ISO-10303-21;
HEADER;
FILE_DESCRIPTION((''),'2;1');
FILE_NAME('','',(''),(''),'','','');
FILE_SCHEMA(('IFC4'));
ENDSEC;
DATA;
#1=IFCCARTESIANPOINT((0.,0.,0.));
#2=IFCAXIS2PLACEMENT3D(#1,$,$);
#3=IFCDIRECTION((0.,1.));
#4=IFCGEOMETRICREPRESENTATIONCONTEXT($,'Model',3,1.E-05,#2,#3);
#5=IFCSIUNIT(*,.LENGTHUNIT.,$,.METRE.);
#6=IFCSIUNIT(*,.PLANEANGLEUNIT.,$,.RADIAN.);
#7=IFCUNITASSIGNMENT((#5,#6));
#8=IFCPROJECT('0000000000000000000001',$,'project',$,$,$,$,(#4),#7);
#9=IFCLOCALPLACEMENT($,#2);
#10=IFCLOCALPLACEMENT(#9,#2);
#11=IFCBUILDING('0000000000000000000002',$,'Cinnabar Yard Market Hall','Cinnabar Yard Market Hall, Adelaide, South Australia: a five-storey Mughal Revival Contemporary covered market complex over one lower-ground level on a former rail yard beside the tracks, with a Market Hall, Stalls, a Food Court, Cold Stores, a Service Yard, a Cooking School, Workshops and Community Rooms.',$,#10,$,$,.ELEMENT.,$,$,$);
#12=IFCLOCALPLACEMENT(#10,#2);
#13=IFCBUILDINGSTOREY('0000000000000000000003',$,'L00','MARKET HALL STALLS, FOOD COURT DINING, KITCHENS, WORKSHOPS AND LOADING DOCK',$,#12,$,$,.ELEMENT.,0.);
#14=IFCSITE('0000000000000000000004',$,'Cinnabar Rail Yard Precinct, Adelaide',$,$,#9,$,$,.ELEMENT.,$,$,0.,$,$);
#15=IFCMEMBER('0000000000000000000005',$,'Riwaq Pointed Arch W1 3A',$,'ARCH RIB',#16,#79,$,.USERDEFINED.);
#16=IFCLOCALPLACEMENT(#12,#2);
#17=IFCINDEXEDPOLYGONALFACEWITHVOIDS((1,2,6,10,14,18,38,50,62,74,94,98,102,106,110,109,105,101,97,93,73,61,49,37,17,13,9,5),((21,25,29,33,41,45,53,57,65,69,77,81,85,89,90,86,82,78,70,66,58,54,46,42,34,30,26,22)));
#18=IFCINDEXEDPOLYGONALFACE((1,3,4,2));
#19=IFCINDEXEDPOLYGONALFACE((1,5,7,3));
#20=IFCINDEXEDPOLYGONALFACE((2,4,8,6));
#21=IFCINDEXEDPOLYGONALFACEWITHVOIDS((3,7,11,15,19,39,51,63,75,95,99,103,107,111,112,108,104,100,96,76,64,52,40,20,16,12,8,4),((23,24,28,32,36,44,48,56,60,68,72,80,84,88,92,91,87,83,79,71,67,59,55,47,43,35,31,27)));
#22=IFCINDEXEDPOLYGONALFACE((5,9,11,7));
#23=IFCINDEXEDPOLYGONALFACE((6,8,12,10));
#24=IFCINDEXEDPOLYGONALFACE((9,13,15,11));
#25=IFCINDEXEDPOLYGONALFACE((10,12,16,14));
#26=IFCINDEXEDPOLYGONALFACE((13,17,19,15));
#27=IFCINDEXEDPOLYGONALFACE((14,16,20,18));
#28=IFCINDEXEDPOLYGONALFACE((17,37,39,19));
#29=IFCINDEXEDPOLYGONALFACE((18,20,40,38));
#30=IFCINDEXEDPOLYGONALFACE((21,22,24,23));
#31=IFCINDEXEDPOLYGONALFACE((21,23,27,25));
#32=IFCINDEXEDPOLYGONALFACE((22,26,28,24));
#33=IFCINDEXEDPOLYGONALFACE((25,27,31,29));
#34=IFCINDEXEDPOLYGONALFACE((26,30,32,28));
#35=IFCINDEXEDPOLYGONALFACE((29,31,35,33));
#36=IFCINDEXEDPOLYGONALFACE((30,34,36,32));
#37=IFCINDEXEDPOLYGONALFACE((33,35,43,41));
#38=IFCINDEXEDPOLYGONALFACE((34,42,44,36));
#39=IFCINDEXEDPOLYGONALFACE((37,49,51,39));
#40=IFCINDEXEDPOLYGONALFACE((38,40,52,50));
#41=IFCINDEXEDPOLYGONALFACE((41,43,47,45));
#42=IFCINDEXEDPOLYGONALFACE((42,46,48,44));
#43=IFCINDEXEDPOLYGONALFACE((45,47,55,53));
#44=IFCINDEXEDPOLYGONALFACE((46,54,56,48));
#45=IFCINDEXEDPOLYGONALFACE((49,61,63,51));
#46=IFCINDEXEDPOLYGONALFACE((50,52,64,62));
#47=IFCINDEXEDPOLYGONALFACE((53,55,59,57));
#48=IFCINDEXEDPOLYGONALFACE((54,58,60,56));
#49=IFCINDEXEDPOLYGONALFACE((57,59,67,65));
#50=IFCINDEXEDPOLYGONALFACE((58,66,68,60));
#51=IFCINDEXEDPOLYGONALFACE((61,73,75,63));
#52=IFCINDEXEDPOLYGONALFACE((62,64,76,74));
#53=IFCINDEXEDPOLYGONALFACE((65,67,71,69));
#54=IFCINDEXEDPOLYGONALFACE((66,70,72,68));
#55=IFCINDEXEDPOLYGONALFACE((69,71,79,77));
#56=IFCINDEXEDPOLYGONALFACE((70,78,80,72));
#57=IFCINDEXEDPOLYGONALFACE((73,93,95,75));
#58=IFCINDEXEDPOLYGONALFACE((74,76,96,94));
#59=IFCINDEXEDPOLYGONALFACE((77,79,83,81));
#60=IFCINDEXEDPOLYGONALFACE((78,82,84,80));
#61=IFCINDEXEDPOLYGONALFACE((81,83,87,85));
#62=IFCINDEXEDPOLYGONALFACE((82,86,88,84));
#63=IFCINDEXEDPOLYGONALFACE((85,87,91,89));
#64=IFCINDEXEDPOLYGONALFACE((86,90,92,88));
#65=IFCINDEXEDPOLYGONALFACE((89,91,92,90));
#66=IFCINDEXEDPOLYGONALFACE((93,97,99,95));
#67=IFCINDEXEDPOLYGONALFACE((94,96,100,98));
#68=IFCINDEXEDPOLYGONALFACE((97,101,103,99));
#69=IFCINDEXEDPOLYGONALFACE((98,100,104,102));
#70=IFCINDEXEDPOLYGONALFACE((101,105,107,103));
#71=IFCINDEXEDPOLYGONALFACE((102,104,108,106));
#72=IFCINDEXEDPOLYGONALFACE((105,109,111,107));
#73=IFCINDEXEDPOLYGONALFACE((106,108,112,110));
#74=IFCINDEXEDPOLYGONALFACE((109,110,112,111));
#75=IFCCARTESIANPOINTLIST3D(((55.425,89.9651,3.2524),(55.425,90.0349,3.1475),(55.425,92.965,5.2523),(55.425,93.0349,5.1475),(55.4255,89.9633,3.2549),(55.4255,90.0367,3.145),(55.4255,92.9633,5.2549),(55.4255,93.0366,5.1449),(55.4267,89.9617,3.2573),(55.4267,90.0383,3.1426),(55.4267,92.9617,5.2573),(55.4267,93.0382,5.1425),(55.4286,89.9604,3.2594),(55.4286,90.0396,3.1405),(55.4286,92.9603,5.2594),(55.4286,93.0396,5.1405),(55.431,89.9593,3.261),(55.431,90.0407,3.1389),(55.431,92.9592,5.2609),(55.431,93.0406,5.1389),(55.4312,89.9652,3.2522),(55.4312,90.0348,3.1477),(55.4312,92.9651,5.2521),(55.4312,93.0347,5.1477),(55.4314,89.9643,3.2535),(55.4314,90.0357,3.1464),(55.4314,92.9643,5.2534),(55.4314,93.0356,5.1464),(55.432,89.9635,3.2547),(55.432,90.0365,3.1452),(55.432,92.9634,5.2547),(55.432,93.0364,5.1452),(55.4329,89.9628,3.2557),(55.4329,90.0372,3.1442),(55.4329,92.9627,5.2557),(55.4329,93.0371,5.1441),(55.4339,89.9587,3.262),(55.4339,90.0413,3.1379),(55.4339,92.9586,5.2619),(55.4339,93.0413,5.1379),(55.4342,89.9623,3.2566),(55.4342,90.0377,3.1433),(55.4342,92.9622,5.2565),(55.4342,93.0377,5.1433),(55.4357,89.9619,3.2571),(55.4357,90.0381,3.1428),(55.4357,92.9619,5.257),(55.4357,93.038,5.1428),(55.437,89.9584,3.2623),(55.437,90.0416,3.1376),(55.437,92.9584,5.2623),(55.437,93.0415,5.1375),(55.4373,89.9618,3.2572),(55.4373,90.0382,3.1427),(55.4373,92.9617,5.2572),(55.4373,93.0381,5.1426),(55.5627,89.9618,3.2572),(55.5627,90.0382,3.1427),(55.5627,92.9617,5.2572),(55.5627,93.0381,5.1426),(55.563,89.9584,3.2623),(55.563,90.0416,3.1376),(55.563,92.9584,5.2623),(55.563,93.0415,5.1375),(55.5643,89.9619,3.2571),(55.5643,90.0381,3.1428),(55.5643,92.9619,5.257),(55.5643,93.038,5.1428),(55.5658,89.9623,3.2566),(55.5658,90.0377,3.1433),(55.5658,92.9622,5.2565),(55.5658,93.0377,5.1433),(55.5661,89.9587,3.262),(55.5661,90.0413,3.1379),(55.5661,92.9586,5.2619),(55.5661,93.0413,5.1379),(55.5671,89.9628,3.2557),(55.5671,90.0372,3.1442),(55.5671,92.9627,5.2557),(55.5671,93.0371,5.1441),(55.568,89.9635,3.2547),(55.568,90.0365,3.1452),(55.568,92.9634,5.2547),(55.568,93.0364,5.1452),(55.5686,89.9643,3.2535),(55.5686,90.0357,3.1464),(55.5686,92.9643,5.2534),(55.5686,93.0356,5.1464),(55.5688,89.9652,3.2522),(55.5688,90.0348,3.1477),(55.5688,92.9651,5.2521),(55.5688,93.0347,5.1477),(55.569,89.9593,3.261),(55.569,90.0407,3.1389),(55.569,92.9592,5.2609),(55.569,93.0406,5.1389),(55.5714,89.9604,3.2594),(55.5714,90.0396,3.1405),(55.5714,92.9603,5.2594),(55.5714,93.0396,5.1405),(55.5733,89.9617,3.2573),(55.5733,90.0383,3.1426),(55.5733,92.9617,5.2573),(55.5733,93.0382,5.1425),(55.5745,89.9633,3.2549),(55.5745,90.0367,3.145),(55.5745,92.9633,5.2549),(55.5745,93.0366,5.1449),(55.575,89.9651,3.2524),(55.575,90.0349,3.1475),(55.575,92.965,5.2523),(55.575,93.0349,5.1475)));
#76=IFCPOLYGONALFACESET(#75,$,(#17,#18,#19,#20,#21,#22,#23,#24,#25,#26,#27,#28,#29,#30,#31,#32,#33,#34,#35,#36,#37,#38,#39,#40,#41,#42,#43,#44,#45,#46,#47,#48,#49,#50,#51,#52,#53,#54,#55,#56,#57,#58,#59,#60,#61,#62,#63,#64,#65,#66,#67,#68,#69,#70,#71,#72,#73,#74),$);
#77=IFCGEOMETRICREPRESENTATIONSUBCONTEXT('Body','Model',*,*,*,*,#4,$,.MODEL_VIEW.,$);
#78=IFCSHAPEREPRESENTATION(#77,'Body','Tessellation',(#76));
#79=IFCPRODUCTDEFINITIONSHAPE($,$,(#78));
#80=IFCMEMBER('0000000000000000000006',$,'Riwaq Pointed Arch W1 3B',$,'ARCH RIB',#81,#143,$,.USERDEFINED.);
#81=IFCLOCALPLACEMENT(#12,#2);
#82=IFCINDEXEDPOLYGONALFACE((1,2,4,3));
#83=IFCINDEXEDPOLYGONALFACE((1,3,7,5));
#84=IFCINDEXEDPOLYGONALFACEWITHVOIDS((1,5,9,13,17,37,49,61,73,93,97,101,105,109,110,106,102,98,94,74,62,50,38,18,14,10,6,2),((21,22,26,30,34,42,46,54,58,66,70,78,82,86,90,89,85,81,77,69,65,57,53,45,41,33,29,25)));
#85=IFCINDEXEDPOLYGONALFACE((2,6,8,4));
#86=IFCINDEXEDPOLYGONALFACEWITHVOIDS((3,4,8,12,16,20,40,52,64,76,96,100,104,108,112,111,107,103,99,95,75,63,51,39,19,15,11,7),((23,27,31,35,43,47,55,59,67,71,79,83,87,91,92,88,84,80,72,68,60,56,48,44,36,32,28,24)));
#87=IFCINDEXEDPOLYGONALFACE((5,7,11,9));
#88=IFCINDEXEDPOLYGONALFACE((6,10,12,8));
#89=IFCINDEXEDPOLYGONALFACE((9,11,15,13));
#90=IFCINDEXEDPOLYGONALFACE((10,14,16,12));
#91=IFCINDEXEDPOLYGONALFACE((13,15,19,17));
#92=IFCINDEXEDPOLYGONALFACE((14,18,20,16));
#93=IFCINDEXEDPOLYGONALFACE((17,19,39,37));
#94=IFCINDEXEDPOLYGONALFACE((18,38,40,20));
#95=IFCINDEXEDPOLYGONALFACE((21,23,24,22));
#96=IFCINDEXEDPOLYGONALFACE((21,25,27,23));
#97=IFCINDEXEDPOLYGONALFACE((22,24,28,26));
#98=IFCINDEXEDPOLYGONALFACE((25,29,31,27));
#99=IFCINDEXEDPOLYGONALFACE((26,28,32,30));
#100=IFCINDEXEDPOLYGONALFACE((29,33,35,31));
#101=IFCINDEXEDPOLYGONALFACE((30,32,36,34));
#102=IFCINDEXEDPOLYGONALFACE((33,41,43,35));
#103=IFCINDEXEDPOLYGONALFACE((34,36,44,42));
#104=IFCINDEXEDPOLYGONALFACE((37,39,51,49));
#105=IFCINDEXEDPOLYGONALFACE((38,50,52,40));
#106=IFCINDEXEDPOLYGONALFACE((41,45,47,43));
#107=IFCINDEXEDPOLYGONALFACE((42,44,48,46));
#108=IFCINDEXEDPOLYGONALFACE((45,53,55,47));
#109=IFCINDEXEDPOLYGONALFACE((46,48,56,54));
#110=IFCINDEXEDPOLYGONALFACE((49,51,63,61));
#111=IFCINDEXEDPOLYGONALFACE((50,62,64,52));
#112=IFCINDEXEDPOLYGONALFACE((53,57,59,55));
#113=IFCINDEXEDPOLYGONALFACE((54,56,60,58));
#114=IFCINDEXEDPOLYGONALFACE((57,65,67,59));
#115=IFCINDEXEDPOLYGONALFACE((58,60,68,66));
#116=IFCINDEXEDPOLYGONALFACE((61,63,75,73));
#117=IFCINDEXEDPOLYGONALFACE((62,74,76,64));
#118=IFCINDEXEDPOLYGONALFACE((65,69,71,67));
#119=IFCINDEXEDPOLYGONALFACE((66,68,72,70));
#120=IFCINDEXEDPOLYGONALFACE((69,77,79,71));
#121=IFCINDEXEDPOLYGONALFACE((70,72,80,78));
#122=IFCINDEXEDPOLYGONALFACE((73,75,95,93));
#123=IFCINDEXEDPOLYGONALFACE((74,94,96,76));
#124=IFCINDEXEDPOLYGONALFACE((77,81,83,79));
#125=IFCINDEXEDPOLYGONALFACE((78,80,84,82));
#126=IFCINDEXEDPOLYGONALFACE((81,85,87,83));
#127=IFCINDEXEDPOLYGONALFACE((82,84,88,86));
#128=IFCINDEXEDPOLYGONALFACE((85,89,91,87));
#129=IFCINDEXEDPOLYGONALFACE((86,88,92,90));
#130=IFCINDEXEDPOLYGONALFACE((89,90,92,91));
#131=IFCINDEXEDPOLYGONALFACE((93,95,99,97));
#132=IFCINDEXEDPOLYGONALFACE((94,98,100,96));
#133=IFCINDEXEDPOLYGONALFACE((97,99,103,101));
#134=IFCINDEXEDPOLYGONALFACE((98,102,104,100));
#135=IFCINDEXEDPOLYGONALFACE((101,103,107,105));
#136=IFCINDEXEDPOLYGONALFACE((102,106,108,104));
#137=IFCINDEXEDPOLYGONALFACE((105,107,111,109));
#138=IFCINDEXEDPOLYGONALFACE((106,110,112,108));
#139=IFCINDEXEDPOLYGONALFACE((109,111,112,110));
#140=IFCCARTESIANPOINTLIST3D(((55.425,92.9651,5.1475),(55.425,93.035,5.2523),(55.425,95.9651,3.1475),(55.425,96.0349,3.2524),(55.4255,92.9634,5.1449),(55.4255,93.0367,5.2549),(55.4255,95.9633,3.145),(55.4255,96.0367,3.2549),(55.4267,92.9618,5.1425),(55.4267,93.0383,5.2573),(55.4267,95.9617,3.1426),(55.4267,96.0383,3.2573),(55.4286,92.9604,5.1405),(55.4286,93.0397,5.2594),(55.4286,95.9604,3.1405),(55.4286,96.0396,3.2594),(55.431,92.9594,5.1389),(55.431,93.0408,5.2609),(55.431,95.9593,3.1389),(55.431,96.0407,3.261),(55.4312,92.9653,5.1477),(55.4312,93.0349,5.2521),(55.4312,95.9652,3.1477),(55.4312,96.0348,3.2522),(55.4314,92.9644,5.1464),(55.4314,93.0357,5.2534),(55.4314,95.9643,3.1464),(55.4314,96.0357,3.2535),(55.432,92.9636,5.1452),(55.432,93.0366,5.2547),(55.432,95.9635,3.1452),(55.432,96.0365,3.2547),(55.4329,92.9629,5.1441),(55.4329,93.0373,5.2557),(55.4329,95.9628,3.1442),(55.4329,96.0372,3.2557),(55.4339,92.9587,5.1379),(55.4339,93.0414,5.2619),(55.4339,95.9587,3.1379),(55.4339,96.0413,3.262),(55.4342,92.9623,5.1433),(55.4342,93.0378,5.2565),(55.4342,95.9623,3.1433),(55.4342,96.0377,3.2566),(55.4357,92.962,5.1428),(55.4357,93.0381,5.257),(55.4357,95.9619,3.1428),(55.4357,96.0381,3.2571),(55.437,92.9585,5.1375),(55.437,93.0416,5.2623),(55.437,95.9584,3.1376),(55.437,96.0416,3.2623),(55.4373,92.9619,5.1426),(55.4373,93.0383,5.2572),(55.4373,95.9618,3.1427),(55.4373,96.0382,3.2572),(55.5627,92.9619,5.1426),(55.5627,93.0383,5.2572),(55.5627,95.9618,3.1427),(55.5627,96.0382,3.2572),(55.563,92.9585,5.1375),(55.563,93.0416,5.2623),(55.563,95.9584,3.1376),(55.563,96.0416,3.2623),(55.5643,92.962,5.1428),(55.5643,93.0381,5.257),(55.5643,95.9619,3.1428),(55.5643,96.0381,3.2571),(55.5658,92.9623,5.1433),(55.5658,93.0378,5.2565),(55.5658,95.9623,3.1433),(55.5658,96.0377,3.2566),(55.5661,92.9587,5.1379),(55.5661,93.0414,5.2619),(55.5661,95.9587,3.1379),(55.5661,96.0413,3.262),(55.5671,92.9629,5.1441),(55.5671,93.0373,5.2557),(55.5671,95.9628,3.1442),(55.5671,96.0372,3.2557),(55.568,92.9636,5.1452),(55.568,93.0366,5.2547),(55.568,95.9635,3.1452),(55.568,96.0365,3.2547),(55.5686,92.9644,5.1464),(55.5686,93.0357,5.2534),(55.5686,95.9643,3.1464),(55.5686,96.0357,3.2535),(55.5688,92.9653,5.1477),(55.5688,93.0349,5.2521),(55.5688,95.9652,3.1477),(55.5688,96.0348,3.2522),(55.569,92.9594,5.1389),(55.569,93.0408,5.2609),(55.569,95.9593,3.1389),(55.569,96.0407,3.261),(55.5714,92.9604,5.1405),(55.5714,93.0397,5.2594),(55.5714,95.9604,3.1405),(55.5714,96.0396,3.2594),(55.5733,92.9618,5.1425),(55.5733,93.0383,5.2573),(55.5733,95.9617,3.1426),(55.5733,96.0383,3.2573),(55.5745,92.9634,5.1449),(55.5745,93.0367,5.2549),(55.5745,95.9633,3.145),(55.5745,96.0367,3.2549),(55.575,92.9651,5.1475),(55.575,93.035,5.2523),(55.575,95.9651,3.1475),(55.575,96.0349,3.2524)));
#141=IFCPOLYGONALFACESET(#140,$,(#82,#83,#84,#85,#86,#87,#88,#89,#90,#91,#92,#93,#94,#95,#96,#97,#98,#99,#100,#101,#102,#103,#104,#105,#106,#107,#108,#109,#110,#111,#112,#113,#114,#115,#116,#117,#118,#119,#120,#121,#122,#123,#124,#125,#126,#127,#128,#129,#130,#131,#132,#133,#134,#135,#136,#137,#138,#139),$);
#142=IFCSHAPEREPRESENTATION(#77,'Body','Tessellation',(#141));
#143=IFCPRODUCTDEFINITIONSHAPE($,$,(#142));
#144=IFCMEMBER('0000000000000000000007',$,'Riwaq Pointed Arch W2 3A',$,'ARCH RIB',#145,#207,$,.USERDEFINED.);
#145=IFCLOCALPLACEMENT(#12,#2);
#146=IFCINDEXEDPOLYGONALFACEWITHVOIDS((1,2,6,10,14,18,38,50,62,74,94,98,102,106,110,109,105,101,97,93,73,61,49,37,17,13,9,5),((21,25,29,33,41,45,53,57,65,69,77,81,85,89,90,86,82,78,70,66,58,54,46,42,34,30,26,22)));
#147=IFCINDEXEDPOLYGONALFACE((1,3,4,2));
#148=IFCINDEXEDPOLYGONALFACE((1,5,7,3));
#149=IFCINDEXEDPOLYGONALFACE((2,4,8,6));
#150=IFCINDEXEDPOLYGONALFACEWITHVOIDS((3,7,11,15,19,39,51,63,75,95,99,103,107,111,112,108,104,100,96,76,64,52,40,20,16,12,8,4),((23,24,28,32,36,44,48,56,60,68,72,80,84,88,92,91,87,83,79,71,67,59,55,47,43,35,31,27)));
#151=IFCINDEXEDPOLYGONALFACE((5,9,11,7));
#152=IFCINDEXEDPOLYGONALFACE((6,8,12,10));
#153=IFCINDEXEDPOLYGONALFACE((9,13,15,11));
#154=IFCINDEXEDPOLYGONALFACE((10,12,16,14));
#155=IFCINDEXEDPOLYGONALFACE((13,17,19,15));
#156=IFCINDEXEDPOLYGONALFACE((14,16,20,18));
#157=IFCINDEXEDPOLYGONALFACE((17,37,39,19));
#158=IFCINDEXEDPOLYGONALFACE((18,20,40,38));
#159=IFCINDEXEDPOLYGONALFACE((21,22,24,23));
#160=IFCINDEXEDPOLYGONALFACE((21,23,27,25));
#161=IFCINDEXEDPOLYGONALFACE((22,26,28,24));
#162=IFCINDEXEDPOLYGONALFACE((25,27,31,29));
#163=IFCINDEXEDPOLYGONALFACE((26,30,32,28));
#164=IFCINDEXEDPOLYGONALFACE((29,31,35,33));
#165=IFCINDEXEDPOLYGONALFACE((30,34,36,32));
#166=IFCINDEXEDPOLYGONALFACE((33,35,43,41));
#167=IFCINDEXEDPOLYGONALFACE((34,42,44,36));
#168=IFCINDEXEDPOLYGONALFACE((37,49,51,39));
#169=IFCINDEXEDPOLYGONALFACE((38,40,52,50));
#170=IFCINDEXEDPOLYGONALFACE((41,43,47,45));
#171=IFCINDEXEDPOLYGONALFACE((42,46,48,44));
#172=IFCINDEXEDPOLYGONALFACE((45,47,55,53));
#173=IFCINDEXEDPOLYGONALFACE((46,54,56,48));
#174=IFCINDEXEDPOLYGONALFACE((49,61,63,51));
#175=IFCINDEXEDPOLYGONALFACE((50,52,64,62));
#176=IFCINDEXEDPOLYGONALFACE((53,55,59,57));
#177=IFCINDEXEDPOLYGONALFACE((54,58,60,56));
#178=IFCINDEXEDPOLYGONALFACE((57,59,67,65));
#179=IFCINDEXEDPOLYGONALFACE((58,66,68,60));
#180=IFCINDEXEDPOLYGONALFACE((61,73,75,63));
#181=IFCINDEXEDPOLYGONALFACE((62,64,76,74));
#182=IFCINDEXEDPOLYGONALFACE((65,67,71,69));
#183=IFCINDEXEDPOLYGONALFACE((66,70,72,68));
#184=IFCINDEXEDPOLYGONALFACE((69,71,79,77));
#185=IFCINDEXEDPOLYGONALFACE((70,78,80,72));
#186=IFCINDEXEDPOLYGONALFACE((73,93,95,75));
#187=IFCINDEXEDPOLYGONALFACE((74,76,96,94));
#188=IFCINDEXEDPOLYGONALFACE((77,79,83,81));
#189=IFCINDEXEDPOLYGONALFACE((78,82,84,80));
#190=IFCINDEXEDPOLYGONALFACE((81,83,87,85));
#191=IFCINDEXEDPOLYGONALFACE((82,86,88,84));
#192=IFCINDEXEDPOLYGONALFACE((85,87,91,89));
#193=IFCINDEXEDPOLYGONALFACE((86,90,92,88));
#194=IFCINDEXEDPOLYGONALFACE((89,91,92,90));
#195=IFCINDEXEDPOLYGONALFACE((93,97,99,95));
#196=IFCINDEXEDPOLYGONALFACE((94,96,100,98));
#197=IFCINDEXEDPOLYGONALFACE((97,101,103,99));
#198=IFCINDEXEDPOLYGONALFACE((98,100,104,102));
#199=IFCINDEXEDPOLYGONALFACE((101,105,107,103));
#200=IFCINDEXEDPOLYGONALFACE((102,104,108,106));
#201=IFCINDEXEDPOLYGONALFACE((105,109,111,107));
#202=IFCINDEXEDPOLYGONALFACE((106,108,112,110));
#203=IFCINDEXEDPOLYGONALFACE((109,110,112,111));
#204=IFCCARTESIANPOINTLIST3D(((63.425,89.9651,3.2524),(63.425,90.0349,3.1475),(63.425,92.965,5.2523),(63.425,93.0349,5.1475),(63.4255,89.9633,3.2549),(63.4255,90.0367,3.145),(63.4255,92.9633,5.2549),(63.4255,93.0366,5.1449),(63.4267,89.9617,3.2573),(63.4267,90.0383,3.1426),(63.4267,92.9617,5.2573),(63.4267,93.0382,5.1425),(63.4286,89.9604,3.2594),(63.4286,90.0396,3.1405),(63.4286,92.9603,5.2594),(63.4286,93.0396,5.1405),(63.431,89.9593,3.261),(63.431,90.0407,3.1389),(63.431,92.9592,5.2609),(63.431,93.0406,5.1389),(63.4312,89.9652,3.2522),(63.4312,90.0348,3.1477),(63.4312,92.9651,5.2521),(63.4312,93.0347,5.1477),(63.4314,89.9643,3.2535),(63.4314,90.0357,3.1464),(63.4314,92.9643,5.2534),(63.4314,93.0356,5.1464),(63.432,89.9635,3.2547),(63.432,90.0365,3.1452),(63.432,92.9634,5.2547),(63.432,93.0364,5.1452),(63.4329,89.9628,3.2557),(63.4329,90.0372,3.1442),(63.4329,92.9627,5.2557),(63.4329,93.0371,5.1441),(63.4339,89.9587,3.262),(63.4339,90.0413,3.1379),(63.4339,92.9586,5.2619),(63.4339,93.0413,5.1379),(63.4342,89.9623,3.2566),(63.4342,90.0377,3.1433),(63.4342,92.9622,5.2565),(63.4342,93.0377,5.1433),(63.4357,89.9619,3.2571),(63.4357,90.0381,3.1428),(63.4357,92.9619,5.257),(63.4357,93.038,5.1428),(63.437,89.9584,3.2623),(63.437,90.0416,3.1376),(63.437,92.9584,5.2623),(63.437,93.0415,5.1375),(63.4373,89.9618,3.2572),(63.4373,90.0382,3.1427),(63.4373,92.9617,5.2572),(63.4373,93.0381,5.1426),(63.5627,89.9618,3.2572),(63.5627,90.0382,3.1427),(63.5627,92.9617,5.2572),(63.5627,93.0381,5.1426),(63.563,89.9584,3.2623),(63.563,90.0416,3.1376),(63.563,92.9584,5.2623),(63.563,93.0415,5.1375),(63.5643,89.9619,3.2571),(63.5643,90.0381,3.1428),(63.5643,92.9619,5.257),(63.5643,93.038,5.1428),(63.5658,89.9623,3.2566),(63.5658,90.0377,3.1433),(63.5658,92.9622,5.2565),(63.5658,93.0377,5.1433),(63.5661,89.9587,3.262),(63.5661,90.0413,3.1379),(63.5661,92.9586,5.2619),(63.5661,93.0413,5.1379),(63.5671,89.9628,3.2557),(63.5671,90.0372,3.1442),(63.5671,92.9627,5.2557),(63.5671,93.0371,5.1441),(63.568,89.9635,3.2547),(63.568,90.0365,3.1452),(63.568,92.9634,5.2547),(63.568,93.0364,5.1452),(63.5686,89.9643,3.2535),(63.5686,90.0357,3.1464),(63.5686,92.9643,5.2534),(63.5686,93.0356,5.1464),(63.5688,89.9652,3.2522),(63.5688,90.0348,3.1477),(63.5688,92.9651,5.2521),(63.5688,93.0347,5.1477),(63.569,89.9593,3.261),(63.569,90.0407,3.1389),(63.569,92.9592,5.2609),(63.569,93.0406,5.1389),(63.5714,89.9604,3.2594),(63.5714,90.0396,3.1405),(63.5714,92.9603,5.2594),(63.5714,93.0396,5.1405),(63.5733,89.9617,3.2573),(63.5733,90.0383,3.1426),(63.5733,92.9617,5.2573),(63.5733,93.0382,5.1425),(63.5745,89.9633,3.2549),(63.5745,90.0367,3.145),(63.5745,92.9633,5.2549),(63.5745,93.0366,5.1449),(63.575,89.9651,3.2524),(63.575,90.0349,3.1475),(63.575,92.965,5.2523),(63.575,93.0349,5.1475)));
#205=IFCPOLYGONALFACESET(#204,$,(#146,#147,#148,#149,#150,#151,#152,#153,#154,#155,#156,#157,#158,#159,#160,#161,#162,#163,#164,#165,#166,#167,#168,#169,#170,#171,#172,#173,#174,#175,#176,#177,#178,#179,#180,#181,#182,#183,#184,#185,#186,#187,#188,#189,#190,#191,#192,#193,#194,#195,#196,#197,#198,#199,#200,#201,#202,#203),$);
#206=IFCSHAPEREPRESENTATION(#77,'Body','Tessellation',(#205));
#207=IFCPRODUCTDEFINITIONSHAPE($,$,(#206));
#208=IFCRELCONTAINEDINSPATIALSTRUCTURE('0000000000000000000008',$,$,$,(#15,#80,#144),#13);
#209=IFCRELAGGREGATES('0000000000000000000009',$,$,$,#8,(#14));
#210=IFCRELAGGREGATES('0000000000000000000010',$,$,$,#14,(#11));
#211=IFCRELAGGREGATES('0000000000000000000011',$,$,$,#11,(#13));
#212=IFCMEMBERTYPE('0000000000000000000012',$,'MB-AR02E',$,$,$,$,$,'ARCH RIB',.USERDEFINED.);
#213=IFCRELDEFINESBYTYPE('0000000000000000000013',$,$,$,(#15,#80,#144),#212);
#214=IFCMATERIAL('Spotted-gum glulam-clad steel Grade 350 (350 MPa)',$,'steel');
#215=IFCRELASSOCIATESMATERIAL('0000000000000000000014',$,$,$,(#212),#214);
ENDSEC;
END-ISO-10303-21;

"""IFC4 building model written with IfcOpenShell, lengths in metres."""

from ifc_helpers import new_model, si_unit, direction, frame, origin, origin_2d_with_axis, place, context, subcontext, project, spatial, hollow_rectangle, extrude, material, material_profile, profile_set, type_object, element, save


model = new_model("IFC4")

# Units and contexts
model_context = context("Model", 3, precision=1e-05, world=origin(), true_north=direction((0.0, 1.0)))
body_context = subcontext(model_context, "Body", "Model", "MODEL_VIEW")
ifc_project = project(units=[si_unit("LENGTHUNIT", "METRE"), si_unit("PLANEANGLEUNIT", "RADIAN")], contexts=[model_context])

# Site, building, storey
site_placement = place(None, origin())
site = spatial("IfcSite", under=ifc_project, at=site_placement, Name="Cinnabar Rail Yard Precinct, Adelaide", CompositionType="ELEMENT", RefElevation=0.0)
building_placement = place(site_placement, origin())
building = spatial("IfcBuilding", under=site, at=building_placement, Name="Cinnabar Yard Market Hall", Description="Cinnabar Yard Market Hall, Adelaide, South Australia: a five-storey Mughal Revival Contemporary covered market complex over one lower-ground level on a former rail yard beside the tracks, with a Market Hall, Stalls, a Food Court, Cold Stores, a Service Yard, a Cooking School, Workshops and Community Rooms.", CompositionType="ELEMENT")
storey_placement = place(building_placement, origin())
storey = spatial("IfcBuildingStorey", under=building, at=storey_placement, Name="L00", Description="MARKET HALL STALLS, FOOD COURT DINING, KITCHENS, WORKSHOPS AND LOADING DOCK", CompositionType="ELEMENT", Elevation=0.0)

# Shared definitions
ifc_material_1 = material(Name="Spotted-gum glulam-clad steel Grade 350 (350 MPa)", Category="steel")

# Members
ifc_material_profile_1 = material_profile(ifc_material_1, hollow_rectangle(XDim=0.1499, YDim=0.1499, WallThickness=0.0061, InnerFilletRadius=0.0061, OuterFilletRadius=0.012, at=origin_2d_with_axis()), Name="150x150x6.0SHS")
ifc_profile_set_1 = profile_set([ifc_material_profile_1], Name="Spotted-gum glulam-clad steel Grade 350 (350 MPa)")
member_type_1 = type_object("IfcMemberType", Name="MB-AR02E", ElementType="ARCH RIB", PredefinedType="USERDEFINED", material=ifc_profile_set_1)
for number, where, z_axis, x_axis, name in (
    (1, (55.5, 90.0, 3.2), (0.0, 0.83205, 0.5547), (-1.0, 0.0, 0.0), "Riwaq Pointed Arch W1 3A"),
    (2, (55.5, 96.0, 3.2), (0.0, -0.83205, 0.5547), (1.0, 0.0, 0.0), "Riwaq Pointed Arch W1 3B"),
    (3, (63.5, 90.0, 3.2), (0.0, 0.83205, 0.5547), (-1.0, 0.0, 0.0), "Riwaq Pointed Arch W2 3A"),
):
    element("IfcMember", number, at=place(storey_placement, frame(where, z_axis=z_axis, x_axis=x_axis)), inside=storey, type_object=member_type_1, Name=name, ObjectType="ARCH RIB", PredefinedType="USERDEFINED", context=body_context, shape_type="SweptSolid", body=[
        extrude(hollow_rectangle(XDim=0.1499, YDim=0.1499, WallThickness=0.0061, InnerFilletRadius=0.0061, OuterFilletRadius=0.012, at=origin_2d_with_axis()), origin(), (0.0, 0.0, 1.0), 3.6055),
    ])

save(model, "model.ifc")
